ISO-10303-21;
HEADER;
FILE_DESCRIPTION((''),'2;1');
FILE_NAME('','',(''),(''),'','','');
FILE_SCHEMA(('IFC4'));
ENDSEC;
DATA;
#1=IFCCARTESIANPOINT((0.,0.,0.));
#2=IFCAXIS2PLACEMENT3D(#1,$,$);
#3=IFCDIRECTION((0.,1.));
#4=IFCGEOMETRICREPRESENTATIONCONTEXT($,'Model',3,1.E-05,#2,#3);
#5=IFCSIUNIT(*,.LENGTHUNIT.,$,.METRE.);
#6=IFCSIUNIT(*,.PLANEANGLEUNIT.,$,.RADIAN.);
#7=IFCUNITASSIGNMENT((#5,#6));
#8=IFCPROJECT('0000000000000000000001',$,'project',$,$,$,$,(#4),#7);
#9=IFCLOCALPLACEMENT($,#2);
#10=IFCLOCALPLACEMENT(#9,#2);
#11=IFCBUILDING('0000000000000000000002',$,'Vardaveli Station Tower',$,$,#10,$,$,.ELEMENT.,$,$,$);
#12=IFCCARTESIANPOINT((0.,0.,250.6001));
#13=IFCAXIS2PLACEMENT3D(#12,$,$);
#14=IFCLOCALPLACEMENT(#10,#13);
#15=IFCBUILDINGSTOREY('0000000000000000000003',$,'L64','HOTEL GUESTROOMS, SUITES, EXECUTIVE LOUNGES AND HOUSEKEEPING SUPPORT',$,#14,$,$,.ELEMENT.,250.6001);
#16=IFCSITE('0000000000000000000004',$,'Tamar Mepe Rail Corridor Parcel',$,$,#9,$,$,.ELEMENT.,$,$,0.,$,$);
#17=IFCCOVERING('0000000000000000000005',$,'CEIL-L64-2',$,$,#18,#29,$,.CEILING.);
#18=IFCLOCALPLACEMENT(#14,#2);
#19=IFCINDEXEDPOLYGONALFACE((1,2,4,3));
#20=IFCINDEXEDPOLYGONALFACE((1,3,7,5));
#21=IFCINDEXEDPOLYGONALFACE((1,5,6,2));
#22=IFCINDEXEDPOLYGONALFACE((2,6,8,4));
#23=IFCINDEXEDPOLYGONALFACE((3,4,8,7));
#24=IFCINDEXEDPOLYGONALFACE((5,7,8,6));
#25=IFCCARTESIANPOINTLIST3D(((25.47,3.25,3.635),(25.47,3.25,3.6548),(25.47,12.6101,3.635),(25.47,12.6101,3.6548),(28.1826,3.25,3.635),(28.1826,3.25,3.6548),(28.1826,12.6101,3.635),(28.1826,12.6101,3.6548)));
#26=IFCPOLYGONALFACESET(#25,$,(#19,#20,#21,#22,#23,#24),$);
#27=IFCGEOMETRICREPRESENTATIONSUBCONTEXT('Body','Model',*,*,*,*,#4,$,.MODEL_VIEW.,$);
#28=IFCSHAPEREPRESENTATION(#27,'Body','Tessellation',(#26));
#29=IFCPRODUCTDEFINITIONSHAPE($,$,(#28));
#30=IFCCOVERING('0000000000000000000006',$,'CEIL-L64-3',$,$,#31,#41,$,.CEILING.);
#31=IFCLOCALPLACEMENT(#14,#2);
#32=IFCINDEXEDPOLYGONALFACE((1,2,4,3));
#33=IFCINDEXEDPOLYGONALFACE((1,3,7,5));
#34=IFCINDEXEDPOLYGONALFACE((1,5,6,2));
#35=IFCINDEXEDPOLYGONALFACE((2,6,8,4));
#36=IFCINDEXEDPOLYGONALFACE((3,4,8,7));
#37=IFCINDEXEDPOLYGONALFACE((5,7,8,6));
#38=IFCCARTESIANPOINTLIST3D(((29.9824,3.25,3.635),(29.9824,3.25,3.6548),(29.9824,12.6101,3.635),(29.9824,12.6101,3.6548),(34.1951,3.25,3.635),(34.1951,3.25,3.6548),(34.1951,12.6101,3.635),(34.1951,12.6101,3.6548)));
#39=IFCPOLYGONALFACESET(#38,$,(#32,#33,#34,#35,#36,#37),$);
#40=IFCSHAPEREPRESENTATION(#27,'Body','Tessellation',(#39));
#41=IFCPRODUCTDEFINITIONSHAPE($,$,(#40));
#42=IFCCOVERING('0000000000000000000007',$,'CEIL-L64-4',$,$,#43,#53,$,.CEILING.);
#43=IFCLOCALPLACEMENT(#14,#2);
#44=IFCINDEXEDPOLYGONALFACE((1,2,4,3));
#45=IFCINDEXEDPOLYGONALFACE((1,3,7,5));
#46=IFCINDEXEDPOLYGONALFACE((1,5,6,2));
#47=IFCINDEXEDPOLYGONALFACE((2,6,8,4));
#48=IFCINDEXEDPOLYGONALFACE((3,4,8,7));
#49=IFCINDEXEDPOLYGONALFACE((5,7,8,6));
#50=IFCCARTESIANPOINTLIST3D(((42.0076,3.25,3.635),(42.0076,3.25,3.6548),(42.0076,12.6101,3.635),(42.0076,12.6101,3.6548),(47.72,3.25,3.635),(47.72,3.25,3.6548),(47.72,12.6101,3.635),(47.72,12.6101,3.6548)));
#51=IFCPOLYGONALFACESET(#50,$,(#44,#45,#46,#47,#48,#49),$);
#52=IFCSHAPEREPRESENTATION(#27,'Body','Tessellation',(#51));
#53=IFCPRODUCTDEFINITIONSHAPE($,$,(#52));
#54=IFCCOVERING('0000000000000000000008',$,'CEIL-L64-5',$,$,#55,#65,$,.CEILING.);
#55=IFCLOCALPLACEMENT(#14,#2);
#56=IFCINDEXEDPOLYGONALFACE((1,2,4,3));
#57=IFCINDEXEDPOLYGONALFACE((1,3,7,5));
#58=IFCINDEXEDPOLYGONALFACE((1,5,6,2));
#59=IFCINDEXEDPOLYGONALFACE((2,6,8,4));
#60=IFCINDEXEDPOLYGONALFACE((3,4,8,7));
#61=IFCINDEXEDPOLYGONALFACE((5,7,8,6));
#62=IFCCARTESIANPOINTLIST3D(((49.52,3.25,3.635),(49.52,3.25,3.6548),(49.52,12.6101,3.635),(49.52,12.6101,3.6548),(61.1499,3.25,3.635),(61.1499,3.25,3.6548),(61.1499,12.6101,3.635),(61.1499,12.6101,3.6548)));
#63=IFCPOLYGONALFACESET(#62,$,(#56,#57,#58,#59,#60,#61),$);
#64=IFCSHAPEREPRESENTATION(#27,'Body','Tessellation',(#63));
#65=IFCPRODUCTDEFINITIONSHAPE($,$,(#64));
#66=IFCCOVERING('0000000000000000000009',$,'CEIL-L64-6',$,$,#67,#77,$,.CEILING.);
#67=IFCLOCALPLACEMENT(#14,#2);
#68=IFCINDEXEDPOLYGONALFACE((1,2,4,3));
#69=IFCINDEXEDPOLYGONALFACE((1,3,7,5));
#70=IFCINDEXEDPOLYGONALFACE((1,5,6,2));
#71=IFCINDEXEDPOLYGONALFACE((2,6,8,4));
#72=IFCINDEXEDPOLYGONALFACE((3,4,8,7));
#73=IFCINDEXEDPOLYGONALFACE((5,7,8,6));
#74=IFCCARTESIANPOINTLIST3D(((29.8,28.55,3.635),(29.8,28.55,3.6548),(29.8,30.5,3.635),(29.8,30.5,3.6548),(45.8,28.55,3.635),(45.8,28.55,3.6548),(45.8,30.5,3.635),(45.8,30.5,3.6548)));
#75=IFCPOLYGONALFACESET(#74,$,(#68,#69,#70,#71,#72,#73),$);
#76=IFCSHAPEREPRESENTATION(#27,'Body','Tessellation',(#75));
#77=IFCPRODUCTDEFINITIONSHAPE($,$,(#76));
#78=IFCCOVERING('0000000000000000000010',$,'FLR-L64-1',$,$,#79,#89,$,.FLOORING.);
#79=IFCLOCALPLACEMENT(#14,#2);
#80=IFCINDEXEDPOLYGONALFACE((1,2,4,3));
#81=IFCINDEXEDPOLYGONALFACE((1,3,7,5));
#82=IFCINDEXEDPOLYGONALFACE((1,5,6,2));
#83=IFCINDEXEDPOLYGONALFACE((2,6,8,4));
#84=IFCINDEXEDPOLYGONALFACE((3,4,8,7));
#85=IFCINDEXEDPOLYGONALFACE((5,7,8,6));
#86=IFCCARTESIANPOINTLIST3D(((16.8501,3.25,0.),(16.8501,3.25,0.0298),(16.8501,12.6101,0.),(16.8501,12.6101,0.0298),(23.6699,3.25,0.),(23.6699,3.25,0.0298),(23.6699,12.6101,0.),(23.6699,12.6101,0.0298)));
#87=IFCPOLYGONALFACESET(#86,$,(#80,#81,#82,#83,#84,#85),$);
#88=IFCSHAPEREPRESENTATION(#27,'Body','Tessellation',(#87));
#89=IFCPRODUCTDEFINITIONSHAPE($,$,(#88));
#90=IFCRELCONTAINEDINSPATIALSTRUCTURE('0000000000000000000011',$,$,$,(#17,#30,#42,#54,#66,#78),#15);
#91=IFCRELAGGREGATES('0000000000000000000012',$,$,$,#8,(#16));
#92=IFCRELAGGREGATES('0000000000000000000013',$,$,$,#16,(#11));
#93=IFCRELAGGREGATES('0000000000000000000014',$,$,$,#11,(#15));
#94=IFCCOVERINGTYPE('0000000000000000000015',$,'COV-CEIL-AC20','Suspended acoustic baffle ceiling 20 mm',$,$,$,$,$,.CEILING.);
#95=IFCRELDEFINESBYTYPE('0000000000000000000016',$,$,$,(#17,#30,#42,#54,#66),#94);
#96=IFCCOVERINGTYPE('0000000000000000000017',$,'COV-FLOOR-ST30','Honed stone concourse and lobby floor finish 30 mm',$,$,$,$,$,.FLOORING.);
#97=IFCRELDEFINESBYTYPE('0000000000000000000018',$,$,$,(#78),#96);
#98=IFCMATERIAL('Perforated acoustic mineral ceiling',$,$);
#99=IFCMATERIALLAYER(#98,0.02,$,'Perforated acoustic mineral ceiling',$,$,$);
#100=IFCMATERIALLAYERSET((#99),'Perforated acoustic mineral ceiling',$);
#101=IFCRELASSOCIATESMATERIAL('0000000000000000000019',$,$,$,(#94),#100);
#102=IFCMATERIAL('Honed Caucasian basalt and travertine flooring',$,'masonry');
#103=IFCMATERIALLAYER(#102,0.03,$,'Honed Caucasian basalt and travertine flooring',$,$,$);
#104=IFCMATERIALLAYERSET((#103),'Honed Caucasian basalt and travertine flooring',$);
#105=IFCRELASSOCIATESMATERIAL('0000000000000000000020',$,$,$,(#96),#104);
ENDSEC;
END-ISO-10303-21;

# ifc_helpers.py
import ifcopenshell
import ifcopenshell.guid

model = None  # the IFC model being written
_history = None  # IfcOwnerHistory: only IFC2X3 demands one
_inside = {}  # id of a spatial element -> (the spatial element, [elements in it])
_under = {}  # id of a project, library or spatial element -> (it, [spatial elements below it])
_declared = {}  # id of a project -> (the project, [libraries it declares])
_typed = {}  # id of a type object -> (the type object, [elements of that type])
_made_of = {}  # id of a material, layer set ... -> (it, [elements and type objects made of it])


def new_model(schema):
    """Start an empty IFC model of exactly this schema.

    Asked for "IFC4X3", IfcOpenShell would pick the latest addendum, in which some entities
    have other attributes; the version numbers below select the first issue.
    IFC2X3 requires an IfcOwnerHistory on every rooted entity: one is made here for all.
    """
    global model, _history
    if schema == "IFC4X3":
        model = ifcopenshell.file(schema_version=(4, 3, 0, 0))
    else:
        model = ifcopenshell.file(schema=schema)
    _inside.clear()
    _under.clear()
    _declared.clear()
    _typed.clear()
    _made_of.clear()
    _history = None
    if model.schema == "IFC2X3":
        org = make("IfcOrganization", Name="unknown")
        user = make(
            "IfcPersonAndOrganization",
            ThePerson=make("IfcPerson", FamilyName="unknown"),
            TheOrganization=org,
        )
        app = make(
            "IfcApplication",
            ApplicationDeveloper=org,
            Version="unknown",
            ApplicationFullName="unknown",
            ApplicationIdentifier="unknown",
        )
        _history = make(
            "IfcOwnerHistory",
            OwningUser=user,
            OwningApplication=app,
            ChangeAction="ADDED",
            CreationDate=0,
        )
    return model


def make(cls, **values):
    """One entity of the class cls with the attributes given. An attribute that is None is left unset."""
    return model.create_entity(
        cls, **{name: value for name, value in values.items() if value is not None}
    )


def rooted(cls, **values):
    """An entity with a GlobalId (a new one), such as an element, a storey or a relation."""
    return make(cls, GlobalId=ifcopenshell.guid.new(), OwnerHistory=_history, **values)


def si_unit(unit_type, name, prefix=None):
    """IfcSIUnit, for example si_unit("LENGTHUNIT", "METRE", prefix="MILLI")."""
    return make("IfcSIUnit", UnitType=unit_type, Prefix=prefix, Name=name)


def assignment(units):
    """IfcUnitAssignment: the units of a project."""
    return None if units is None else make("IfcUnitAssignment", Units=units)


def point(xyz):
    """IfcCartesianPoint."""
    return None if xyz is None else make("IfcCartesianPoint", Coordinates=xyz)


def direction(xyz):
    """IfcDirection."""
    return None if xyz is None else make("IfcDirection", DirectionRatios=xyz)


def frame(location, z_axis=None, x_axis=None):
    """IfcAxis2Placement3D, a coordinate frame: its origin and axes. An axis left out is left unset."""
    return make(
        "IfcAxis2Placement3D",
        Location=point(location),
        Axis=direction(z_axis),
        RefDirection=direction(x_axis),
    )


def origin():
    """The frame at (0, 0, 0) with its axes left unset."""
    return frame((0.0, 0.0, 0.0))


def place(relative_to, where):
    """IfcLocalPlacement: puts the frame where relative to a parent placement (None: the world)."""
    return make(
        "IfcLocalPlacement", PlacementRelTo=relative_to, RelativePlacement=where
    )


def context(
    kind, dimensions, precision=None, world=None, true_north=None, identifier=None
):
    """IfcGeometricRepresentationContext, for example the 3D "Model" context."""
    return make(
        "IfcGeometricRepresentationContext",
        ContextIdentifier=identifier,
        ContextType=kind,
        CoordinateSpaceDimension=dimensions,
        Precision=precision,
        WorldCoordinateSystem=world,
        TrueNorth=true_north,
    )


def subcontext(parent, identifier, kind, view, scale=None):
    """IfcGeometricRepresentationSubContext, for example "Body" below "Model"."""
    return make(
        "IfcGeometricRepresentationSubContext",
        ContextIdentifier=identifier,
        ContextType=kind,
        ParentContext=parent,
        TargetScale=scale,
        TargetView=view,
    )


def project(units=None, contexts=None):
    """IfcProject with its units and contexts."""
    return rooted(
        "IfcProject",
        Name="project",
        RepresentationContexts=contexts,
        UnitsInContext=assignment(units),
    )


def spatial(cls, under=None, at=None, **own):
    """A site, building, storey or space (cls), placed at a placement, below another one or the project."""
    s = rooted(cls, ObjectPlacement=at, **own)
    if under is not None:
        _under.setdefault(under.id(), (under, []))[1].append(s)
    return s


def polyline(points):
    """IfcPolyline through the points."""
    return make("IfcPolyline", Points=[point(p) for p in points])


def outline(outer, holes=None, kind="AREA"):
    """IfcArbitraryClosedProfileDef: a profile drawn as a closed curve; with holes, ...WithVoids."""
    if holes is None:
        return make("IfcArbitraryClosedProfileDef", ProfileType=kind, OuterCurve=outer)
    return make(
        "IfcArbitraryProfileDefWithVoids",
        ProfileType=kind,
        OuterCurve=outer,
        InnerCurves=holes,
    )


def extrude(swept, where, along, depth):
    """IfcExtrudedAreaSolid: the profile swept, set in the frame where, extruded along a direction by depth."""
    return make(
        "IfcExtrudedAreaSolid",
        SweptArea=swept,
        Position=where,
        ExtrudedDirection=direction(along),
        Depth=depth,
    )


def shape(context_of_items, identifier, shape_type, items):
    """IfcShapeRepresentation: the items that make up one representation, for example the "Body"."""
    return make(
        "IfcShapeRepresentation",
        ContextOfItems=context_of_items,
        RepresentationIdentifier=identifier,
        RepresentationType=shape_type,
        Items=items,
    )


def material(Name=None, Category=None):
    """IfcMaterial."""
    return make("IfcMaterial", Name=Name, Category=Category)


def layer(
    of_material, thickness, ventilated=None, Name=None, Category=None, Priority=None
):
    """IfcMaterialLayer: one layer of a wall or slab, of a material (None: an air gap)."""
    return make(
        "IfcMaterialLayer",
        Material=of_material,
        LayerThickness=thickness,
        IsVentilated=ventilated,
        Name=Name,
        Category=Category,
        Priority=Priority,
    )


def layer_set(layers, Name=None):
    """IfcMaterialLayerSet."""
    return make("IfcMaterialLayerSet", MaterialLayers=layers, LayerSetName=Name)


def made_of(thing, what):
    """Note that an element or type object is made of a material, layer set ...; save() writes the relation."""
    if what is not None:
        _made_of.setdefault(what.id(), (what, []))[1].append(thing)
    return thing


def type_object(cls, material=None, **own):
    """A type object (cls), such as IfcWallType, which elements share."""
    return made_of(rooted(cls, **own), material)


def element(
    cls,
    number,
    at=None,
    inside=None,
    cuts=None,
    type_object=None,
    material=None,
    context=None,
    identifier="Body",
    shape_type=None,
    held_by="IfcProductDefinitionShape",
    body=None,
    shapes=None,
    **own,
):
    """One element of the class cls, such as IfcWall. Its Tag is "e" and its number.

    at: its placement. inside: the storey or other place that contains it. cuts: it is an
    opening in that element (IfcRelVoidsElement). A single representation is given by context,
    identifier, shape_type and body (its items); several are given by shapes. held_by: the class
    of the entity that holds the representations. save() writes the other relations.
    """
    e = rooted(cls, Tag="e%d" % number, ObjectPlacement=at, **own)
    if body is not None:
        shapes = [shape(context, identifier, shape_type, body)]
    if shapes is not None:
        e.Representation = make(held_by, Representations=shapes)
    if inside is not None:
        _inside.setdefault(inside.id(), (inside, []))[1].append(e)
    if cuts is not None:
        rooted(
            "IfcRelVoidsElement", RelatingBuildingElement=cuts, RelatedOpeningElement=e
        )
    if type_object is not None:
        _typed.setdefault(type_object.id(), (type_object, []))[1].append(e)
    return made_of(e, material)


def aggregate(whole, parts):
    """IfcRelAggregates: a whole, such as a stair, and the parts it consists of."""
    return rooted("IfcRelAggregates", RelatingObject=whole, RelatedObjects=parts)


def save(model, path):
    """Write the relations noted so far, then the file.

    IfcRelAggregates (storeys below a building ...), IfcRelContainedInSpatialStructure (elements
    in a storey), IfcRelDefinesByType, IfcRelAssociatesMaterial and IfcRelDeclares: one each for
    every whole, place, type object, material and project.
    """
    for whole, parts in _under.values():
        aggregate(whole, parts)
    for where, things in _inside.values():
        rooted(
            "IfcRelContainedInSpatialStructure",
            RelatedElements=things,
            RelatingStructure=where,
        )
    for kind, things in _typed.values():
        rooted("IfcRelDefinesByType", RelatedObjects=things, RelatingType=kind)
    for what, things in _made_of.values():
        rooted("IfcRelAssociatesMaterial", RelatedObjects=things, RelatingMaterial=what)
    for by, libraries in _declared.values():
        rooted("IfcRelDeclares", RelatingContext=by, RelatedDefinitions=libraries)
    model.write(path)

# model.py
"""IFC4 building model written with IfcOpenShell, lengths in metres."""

from ifc_helpers import new_model, si_unit, direction, frame, origin, place, context, subcontext, project, spatial, polyline, outline, extrude, material, layer, layer_set, type_object, element, save


model = new_model("IFC4")

# Units and contexts
model_context = context("Model", 3, precision=1e-05, world=origin(), true_north=direction((0.0, 1.0)))
body_context = subcontext(model_context, "Body", "Model", "MODEL_VIEW")
ifc_project = project(units=[si_unit("LENGTHUNIT", "METRE"), si_unit("PLANEANGLEUNIT", "RADIAN")], contexts=[model_context])

# Site, building, storey
site_placement = place(None, origin())
site = spatial("IfcSite", under=ifc_project, at=site_placement, Name="Tamar Mepe Rail Corridor Parcel", CompositionType="ELEMENT", RefElevation=0.0)
building_placement = place(site_placement, origin())
building = spatial("IfcBuilding", under=site, at=building_placement, Name="Vardaveli Station Tower", CompositionType="ELEMENT")
storey_placement = place(building_placement, frame((0.0, 0.0, 250.6001)))
storey = spatial("IfcBuildingStorey", under=building, at=storey_placement, Name="L64", Description="HOTEL GUESTROOMS, SUITES, EXECUTIVE LOUNGES AND HOUSEKEEPING SUPPORT", CompositionType="ELEMENT", Elevation=250.6001)

# Coverings
ifc_material_1 = material(Name="Perforated acoustic mineral ceiling")
ifc_layer_1 = layer(ifc_material_1, 0.02, Name="Perforated acoustic mineral ceiling")
ifc_layer_set_1 = layer_set([ifc_layer_1], Name="Perforated acoustic mineral ceiling")
covering_type_1 = type_object("IfcCoveringType", Name="COV-CEIL-AC20", Description="Suspended acoustic baffle ceiling 20 mm", PredefinedType="CEILING", material=ifc_layer_set_1)
covering_1_placement = place(storey_placement, frame((0.0, 0.0, 3.635)))
element("IfcCovering", 1, at=covering_1_placement, inside=storey, type_object=covering_type_1, Name="CEIL-L64-2", PredefinedType="CEILING", context=body_context, shape_type="SweptSolid", body=[
    extrude(outline(polyline([(25.47, 3.25), (28.1826, 3.25), (28.1826, 12.6101), (25.47, 12.6101), (25.47, 3.25)])), origin(), (0.0, 0.0, 1.0), 0.0198),
])
covering_2_placement = place(storey_placement, frame((0.0, 0.0, 3.635)))
element("IfcCovering", 2, at=covering_2_placement, inside=storey, type_object=covering_type_1, Name="CEIL-L64-3", PredefinedType="CEILING", context=body_context, shape_type="SweptSolid", body=[
    extrude(outline(polyline([(29.9824, 3.25), (34.1951, 3.25), (34.1951, 12.6101), (29.9824, 12.6101), (29.9824, 3.25)])), origin(), (0.0, 0.0, 1.0), 0.0198),
])
covering_3_placement = place(storey_placement, frame((0.0, 0.0, 3.635)))
element("IfcCovering", 3, at=covering_3_placement, inside=storey, type_object=covering_type_1, Name="CEIL-L64-4", PredefinedType="CEILING", context=body_context, shape_type="SweptSolid", body=[
    extrude(outline(polyline([(42.0076, 3.25), (47.72, 3.25), (47.72, 12.6101), (42.0076, 12.6101), (42.0076, 3.25)])), origin(), (0.0, 0.0, 1.0), 0.0198),
])
covering_4_placement = place(storey_placement, frame((0.0, 0.0, 3.635)))
element("IfcCovering", 4, at=covering_4_placement, inside=storey, type_object=covering_type_1, Name="CEIL-L64-5", PredefinedType="CEILING", context=body_context, shape_type="SweptSolid", body=[
    extrude(outline(polyline([(49.52, 3.25), (61.1499, 3.25), (61.1499, 12.6101), (49.52, 12.6101), (49.52, 3.25)])), origin(), (0.0, 0.0, 1.0), 0.0198),
])
covering_5_placement = place(storey_placement, frame((0.0, 0.0, 3.635)))
element("IfcCovering", 5, at=covering_5_placement, inside=storey, type_object=covering_type_1, Name="CEIL-L64-6", PredefinedType="CEILING", context=body_context, shape_type="SweptSolid", body=[
    extrude(outline(polyline([(29.8, 28.55), (45.8, 28.55), (45.8, 30.5), (29.8, 30.5), (29.8, 28.55)])), origin(), (0.0, 0.0, 1.0), 0.0198),
])
ifc_material_2 = material(Name="Honed Caucasian basalt and travertine flooring", Category="masonry")
ifc_layer_2 = layer(ifc_material_2, 0.03, Name="Honed Caucasian basalt and travertine flooring")
ifc_layer_set_2 = layer_set([ifc_layer_2], Name="Honed Caucasian basalt and travertine flooring")
covering_type_2 = type_object("IfcCoveringType", Name="COV-FLOOR-ST30", Description="Honed stone concourse and lobby floor finish 30 mm", PredefinedType="FLOORING", material=ifc_layer_set_2)
covering_6_placement = place(storey_placement, origin())
element("IfcCovering", 6, at=covering_6_placement, inside=storey, type_object=covering_type_2, Name="FLR-L64-1", PredefinedType="FLOORING", context=body_context, shape_type="SweptSolid", body=[
    extrude(outline(polyline([(16.8501, 3.25), (23.6699, 3.25), (23.6699, 12.6101), (16.8501, 12.6101), (16.8501, 3.25)])), origin(), (0.0, 0.0, 1.0), 0.0298),
])

save(model, "model.ifc")
